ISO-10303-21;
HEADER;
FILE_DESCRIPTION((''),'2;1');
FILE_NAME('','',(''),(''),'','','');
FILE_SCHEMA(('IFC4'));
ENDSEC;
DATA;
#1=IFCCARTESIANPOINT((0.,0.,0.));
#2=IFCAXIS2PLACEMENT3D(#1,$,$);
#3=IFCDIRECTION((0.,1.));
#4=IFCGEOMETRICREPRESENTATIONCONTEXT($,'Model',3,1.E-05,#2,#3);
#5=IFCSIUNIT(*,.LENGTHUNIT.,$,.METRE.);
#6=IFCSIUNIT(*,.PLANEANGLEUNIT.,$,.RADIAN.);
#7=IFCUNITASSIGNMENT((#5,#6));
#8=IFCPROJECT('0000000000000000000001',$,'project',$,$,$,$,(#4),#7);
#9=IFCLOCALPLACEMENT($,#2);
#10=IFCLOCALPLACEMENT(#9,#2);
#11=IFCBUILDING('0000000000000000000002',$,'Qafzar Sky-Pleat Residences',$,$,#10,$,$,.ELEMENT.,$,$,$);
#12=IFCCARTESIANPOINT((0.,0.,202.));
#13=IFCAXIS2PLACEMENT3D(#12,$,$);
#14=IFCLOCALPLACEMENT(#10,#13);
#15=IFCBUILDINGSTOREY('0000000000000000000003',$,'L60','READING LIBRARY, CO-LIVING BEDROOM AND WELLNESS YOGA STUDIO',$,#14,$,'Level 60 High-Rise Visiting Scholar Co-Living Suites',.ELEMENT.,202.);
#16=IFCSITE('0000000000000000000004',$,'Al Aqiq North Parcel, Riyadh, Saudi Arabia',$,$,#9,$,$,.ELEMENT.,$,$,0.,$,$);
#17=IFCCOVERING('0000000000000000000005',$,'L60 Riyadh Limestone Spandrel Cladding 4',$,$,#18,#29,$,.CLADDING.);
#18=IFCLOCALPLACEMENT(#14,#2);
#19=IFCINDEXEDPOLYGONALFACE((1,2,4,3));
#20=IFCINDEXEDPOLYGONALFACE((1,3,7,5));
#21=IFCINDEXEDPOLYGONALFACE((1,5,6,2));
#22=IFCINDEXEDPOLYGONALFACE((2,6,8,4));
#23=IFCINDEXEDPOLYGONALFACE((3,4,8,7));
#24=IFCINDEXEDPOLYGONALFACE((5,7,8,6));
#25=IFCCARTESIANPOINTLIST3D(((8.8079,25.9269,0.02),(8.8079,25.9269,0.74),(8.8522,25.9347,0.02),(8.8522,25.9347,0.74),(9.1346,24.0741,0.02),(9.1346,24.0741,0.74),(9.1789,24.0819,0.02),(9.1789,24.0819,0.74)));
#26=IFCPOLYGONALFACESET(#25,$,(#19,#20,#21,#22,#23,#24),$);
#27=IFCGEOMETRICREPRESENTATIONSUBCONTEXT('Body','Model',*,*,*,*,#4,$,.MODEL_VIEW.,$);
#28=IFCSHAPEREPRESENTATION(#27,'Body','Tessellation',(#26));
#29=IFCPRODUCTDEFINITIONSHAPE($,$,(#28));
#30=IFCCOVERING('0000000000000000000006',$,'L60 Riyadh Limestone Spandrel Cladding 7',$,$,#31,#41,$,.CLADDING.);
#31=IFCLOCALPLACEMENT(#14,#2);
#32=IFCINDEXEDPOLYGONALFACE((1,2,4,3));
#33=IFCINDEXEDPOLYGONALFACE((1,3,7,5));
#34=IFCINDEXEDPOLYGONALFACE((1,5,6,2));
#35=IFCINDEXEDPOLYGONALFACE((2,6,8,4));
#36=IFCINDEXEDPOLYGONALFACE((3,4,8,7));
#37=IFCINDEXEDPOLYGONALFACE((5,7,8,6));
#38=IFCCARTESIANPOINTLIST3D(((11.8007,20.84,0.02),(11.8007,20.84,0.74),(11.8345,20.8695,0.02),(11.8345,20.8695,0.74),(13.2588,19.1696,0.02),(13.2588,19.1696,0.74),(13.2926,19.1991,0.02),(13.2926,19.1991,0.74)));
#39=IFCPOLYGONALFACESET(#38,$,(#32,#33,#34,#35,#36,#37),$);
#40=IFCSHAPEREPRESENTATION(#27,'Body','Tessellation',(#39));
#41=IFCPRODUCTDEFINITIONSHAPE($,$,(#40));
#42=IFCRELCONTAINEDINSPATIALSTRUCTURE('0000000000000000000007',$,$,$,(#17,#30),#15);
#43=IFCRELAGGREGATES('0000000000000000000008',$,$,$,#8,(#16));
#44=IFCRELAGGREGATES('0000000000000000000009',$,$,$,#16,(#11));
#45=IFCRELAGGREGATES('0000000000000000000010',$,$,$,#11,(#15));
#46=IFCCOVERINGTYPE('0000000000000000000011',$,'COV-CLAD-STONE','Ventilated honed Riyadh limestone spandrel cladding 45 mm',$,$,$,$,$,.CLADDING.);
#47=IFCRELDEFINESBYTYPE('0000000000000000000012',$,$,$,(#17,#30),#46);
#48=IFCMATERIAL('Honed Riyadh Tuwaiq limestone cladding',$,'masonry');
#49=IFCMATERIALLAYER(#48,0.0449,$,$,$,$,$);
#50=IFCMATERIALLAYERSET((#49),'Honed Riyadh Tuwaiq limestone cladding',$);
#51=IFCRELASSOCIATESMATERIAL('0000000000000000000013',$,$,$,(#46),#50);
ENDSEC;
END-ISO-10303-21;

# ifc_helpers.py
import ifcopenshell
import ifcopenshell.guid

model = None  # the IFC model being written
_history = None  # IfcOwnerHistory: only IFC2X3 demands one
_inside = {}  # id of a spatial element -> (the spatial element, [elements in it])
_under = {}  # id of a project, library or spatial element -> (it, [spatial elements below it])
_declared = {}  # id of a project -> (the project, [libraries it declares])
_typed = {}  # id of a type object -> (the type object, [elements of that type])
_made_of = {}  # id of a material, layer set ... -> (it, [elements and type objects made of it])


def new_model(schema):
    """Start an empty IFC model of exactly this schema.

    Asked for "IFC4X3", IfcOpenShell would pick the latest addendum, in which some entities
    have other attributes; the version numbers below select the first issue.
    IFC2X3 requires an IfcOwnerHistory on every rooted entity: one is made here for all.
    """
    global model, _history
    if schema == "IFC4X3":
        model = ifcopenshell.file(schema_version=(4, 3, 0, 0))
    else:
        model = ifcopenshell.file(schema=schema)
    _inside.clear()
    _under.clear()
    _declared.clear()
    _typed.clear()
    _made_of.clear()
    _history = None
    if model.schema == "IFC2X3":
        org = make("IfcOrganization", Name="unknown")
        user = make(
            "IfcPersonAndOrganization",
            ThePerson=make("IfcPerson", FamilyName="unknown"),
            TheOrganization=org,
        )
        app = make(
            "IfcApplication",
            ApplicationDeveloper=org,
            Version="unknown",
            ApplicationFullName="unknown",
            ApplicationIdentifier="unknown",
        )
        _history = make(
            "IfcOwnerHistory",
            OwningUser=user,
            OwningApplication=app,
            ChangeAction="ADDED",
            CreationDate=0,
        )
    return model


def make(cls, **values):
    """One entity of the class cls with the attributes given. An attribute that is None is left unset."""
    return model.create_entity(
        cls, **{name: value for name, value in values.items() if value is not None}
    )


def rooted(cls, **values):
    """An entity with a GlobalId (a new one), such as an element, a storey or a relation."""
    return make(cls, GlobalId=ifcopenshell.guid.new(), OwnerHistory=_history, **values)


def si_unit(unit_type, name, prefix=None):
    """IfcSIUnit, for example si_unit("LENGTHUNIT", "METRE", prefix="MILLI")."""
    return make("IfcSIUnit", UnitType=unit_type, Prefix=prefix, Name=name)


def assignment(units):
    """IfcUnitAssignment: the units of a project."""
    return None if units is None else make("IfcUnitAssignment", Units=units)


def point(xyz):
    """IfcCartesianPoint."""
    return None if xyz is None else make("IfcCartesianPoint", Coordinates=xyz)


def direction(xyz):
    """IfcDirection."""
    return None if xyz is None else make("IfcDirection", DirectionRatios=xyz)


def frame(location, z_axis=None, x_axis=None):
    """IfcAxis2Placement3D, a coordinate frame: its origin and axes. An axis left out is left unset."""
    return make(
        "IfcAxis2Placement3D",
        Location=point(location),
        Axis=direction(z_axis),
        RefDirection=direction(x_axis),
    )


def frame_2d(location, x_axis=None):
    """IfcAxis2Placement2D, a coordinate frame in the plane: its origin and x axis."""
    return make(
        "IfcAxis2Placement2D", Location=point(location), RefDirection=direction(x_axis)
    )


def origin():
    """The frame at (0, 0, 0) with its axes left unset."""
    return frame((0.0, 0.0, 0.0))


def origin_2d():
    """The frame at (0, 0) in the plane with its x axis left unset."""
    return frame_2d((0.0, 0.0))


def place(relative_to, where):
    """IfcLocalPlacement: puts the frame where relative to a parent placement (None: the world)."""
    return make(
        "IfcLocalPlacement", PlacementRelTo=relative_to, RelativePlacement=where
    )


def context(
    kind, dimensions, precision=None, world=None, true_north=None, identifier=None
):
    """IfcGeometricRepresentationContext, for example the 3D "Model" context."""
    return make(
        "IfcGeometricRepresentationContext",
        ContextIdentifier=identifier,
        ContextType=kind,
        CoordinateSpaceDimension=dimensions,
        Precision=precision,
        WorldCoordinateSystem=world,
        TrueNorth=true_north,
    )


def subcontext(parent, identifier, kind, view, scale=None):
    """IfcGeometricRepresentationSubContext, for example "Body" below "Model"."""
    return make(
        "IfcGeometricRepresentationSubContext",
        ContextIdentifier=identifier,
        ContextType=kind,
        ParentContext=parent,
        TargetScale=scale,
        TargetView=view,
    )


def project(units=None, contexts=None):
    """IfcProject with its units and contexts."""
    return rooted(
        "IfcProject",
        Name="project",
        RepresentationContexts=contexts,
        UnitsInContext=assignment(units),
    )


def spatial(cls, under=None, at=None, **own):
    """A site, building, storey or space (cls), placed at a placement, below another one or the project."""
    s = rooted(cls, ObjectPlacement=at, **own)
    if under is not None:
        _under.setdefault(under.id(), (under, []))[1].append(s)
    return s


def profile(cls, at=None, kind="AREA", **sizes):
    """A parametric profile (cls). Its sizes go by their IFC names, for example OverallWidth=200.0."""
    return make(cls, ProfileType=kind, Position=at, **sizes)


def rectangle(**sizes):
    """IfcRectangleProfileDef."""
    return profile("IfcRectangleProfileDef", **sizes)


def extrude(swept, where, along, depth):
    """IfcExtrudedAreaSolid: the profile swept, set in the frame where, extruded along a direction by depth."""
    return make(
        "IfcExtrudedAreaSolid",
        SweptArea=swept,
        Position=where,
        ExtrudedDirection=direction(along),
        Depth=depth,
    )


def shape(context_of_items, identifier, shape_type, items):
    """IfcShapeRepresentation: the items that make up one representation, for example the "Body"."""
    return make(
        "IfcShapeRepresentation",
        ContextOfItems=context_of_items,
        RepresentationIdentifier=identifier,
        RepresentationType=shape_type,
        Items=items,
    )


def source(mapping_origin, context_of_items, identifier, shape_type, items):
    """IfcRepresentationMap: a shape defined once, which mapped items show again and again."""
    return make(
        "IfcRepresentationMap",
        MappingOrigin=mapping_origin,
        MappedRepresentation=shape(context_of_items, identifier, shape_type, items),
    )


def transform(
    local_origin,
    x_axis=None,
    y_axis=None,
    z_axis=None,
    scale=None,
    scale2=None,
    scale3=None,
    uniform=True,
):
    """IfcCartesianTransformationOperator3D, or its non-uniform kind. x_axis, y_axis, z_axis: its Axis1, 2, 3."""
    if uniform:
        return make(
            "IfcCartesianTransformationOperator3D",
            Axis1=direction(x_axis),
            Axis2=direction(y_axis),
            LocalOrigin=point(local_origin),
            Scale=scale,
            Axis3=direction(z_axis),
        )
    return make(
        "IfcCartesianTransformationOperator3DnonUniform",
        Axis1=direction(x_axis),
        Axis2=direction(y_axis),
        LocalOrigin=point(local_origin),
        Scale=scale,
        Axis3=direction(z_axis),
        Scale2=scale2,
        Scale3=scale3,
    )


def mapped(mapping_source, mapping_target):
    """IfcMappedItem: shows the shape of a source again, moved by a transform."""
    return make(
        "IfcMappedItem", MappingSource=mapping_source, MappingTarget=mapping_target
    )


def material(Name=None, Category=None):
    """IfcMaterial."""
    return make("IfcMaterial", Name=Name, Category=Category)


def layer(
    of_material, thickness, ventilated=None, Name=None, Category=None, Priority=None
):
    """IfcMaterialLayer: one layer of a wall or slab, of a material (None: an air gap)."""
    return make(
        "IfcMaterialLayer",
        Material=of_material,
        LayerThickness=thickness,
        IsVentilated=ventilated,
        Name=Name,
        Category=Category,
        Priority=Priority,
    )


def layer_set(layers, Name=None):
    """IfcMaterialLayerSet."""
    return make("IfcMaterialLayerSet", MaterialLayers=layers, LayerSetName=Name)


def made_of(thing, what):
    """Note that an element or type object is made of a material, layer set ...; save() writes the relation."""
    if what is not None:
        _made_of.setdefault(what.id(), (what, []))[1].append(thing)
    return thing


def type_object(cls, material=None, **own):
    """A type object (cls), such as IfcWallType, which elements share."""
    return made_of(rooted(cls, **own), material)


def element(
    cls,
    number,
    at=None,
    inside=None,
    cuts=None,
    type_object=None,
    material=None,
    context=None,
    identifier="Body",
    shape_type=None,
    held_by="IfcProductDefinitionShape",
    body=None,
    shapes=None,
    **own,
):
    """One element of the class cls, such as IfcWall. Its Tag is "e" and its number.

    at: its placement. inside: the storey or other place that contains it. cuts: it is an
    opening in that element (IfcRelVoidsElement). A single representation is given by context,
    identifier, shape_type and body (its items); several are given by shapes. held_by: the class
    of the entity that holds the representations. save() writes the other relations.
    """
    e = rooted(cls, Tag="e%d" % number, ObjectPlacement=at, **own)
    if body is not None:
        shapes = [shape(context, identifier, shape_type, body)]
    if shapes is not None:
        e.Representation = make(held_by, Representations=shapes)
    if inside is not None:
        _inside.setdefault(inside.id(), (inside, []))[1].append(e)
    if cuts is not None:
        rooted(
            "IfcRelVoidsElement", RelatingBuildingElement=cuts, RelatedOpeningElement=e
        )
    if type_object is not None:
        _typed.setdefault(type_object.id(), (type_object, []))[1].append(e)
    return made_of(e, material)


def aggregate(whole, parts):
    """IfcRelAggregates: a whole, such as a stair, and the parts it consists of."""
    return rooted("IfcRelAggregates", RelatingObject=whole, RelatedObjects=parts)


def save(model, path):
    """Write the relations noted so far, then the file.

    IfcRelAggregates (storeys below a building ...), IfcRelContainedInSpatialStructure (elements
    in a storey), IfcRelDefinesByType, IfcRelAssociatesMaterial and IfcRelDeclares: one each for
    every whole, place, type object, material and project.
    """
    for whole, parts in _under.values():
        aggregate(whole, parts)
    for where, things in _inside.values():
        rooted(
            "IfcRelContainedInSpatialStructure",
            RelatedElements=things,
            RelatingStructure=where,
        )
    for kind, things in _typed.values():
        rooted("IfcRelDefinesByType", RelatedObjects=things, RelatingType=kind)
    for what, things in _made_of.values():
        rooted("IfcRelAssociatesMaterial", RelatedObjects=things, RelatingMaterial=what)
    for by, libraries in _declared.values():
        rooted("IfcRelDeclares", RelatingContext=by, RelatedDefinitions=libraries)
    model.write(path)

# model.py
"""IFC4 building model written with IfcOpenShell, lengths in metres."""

from ifc_helpers import new_model, si_unit, direction, frame, origin, origin_2d, place, context, subcontext, project, spatial, rectangle, extrude, source, transform, mapped, material, layer, layer_set, type_object, element, save


model = new_model("IFC4")

# Units and contexts
model_context = context("Model", 3, precision=1e-05, world=origin(), true_north=direction((0.0, 1.0)))
body_context = subcontext(model_context, "Body", "Model", "MODEL_VIEW")
ifc_project = project(units=[si_unit("LENGTHUNIT", "METRE"), si_unit("PLANEANGLEUNIT", "RADIAN")], contexts=[model_context])

# Site, building, storey
site_placement = place(None, origin())
site = spatial("IfcSite", under=ifc_project, at=site_placement, Name="Al Aqiq North Parcel, Riyadh, Saudi Arabia", CompositionType="ELEMENT", RefElevation=0.0)
building_placement = place(site_placement, origin())
building = spatial("IfcBuilding", under=site, at=building_placement, Name="Qafzar Sky-Pleat Residences", CompositionType="ELEMENT")
storey_placement = place(building_placement, frame((0.0, 0.0, 202.0)))
storey = spatial("IfcBuildingStorey", under=building, at=storey_placement, Name="L60", Description="READING LIBRARY, CO-LIVING BEDROOM AND WELLNESS YOGA STUDIO", LongName="Level 60 High-Rise Visiting Scholar Co-Living Suites", CompositionType="ELEMENT", Elevation=202.0)

# Covering
ifc_material_1 = material(Name="Honed Riyadh Tuwaiq limestone cladding", Category="masonry")
ifc_layer_1 = layer(ifc_material_1, 0.0449)
ifc_layer_set_1 = layer_set([ifc_layer_1], Name="Honed Riyadh Tuwaiq limestone cladding")
covering_type = type_object("IfcCoveringType", Name="COV-CLAD-STONE", Description="Ventilated honed Riyadh limestone spandrel cladding 45 mm", PredefinedType="CLADDING", material=ifc_layer_set_1)
shared_shape_1 = source(origin(), body_context, "Body", "SweptSolid", [
    extrude(rectangle(XDim=1.8813, YDim=0.0449, at=origin_2d()), origin(), (0.0, 0.0, 1.0), 0.72),
])
covering_1_placement = place(storey_placement, frame((8.9934, 25.0044, 0.02), z_axis=(0.0, 0.0, 1.0), x_axis=(0.173663, -0.984805, 0.0)))
element("IfcCovering", 1, at=covering_1_placement, inside=storey, type_object=covering_type, Name="L60 Riyadh Limestone Spandrel Cladding 4", PredefinedType="CLADDING", context=body_context, shape_type="MappedRepresentation", body=[
    mapped(shared_shape_1, transform((0.0, 0.0, 0.0), x_axis=(1.0, 0.0, 0.0), y_axis=(0.0, 1.0, 0.0), z_axis=(0.0, 0.0, 1.0), scale=1.0)),
])

# Covering
shared_shape_2 = source(origin(), body_context, "Body", "SweptSolid", [
    extrude(rectangle(XDim=2.2173, YDim=0.0449, at=origin_2d()), origin(), (0.0, 0.0, 1.0), 0.72),
])
covering_2_placement = place(storey_placement, frame((12.5466, 20.0195, 0.02), z_axis=(0.0, 0.0, 1.0), x_axis=(0.657608, -0.753361, 0.0)))
element("IfcCovering", 2, at=covering_2_placement, inside=storey, type_object=covering_type, Name="L60 Riyadh Limestone Spandrel Cladding 7", PredefinedType="CLADDING", context=body_context, shape_type="MappedRepresentation", body=[
    mapped(shared_shape_2, transform((0.0, 0.0, 0.0), x_axis=(1.0, 0.0, 0.0), y_axis=(0.0, 1.0, 0.0), z_axis=(0.0, 0.0, 1.0), scale=1.0)),
])

save(model, "model.ifc")
